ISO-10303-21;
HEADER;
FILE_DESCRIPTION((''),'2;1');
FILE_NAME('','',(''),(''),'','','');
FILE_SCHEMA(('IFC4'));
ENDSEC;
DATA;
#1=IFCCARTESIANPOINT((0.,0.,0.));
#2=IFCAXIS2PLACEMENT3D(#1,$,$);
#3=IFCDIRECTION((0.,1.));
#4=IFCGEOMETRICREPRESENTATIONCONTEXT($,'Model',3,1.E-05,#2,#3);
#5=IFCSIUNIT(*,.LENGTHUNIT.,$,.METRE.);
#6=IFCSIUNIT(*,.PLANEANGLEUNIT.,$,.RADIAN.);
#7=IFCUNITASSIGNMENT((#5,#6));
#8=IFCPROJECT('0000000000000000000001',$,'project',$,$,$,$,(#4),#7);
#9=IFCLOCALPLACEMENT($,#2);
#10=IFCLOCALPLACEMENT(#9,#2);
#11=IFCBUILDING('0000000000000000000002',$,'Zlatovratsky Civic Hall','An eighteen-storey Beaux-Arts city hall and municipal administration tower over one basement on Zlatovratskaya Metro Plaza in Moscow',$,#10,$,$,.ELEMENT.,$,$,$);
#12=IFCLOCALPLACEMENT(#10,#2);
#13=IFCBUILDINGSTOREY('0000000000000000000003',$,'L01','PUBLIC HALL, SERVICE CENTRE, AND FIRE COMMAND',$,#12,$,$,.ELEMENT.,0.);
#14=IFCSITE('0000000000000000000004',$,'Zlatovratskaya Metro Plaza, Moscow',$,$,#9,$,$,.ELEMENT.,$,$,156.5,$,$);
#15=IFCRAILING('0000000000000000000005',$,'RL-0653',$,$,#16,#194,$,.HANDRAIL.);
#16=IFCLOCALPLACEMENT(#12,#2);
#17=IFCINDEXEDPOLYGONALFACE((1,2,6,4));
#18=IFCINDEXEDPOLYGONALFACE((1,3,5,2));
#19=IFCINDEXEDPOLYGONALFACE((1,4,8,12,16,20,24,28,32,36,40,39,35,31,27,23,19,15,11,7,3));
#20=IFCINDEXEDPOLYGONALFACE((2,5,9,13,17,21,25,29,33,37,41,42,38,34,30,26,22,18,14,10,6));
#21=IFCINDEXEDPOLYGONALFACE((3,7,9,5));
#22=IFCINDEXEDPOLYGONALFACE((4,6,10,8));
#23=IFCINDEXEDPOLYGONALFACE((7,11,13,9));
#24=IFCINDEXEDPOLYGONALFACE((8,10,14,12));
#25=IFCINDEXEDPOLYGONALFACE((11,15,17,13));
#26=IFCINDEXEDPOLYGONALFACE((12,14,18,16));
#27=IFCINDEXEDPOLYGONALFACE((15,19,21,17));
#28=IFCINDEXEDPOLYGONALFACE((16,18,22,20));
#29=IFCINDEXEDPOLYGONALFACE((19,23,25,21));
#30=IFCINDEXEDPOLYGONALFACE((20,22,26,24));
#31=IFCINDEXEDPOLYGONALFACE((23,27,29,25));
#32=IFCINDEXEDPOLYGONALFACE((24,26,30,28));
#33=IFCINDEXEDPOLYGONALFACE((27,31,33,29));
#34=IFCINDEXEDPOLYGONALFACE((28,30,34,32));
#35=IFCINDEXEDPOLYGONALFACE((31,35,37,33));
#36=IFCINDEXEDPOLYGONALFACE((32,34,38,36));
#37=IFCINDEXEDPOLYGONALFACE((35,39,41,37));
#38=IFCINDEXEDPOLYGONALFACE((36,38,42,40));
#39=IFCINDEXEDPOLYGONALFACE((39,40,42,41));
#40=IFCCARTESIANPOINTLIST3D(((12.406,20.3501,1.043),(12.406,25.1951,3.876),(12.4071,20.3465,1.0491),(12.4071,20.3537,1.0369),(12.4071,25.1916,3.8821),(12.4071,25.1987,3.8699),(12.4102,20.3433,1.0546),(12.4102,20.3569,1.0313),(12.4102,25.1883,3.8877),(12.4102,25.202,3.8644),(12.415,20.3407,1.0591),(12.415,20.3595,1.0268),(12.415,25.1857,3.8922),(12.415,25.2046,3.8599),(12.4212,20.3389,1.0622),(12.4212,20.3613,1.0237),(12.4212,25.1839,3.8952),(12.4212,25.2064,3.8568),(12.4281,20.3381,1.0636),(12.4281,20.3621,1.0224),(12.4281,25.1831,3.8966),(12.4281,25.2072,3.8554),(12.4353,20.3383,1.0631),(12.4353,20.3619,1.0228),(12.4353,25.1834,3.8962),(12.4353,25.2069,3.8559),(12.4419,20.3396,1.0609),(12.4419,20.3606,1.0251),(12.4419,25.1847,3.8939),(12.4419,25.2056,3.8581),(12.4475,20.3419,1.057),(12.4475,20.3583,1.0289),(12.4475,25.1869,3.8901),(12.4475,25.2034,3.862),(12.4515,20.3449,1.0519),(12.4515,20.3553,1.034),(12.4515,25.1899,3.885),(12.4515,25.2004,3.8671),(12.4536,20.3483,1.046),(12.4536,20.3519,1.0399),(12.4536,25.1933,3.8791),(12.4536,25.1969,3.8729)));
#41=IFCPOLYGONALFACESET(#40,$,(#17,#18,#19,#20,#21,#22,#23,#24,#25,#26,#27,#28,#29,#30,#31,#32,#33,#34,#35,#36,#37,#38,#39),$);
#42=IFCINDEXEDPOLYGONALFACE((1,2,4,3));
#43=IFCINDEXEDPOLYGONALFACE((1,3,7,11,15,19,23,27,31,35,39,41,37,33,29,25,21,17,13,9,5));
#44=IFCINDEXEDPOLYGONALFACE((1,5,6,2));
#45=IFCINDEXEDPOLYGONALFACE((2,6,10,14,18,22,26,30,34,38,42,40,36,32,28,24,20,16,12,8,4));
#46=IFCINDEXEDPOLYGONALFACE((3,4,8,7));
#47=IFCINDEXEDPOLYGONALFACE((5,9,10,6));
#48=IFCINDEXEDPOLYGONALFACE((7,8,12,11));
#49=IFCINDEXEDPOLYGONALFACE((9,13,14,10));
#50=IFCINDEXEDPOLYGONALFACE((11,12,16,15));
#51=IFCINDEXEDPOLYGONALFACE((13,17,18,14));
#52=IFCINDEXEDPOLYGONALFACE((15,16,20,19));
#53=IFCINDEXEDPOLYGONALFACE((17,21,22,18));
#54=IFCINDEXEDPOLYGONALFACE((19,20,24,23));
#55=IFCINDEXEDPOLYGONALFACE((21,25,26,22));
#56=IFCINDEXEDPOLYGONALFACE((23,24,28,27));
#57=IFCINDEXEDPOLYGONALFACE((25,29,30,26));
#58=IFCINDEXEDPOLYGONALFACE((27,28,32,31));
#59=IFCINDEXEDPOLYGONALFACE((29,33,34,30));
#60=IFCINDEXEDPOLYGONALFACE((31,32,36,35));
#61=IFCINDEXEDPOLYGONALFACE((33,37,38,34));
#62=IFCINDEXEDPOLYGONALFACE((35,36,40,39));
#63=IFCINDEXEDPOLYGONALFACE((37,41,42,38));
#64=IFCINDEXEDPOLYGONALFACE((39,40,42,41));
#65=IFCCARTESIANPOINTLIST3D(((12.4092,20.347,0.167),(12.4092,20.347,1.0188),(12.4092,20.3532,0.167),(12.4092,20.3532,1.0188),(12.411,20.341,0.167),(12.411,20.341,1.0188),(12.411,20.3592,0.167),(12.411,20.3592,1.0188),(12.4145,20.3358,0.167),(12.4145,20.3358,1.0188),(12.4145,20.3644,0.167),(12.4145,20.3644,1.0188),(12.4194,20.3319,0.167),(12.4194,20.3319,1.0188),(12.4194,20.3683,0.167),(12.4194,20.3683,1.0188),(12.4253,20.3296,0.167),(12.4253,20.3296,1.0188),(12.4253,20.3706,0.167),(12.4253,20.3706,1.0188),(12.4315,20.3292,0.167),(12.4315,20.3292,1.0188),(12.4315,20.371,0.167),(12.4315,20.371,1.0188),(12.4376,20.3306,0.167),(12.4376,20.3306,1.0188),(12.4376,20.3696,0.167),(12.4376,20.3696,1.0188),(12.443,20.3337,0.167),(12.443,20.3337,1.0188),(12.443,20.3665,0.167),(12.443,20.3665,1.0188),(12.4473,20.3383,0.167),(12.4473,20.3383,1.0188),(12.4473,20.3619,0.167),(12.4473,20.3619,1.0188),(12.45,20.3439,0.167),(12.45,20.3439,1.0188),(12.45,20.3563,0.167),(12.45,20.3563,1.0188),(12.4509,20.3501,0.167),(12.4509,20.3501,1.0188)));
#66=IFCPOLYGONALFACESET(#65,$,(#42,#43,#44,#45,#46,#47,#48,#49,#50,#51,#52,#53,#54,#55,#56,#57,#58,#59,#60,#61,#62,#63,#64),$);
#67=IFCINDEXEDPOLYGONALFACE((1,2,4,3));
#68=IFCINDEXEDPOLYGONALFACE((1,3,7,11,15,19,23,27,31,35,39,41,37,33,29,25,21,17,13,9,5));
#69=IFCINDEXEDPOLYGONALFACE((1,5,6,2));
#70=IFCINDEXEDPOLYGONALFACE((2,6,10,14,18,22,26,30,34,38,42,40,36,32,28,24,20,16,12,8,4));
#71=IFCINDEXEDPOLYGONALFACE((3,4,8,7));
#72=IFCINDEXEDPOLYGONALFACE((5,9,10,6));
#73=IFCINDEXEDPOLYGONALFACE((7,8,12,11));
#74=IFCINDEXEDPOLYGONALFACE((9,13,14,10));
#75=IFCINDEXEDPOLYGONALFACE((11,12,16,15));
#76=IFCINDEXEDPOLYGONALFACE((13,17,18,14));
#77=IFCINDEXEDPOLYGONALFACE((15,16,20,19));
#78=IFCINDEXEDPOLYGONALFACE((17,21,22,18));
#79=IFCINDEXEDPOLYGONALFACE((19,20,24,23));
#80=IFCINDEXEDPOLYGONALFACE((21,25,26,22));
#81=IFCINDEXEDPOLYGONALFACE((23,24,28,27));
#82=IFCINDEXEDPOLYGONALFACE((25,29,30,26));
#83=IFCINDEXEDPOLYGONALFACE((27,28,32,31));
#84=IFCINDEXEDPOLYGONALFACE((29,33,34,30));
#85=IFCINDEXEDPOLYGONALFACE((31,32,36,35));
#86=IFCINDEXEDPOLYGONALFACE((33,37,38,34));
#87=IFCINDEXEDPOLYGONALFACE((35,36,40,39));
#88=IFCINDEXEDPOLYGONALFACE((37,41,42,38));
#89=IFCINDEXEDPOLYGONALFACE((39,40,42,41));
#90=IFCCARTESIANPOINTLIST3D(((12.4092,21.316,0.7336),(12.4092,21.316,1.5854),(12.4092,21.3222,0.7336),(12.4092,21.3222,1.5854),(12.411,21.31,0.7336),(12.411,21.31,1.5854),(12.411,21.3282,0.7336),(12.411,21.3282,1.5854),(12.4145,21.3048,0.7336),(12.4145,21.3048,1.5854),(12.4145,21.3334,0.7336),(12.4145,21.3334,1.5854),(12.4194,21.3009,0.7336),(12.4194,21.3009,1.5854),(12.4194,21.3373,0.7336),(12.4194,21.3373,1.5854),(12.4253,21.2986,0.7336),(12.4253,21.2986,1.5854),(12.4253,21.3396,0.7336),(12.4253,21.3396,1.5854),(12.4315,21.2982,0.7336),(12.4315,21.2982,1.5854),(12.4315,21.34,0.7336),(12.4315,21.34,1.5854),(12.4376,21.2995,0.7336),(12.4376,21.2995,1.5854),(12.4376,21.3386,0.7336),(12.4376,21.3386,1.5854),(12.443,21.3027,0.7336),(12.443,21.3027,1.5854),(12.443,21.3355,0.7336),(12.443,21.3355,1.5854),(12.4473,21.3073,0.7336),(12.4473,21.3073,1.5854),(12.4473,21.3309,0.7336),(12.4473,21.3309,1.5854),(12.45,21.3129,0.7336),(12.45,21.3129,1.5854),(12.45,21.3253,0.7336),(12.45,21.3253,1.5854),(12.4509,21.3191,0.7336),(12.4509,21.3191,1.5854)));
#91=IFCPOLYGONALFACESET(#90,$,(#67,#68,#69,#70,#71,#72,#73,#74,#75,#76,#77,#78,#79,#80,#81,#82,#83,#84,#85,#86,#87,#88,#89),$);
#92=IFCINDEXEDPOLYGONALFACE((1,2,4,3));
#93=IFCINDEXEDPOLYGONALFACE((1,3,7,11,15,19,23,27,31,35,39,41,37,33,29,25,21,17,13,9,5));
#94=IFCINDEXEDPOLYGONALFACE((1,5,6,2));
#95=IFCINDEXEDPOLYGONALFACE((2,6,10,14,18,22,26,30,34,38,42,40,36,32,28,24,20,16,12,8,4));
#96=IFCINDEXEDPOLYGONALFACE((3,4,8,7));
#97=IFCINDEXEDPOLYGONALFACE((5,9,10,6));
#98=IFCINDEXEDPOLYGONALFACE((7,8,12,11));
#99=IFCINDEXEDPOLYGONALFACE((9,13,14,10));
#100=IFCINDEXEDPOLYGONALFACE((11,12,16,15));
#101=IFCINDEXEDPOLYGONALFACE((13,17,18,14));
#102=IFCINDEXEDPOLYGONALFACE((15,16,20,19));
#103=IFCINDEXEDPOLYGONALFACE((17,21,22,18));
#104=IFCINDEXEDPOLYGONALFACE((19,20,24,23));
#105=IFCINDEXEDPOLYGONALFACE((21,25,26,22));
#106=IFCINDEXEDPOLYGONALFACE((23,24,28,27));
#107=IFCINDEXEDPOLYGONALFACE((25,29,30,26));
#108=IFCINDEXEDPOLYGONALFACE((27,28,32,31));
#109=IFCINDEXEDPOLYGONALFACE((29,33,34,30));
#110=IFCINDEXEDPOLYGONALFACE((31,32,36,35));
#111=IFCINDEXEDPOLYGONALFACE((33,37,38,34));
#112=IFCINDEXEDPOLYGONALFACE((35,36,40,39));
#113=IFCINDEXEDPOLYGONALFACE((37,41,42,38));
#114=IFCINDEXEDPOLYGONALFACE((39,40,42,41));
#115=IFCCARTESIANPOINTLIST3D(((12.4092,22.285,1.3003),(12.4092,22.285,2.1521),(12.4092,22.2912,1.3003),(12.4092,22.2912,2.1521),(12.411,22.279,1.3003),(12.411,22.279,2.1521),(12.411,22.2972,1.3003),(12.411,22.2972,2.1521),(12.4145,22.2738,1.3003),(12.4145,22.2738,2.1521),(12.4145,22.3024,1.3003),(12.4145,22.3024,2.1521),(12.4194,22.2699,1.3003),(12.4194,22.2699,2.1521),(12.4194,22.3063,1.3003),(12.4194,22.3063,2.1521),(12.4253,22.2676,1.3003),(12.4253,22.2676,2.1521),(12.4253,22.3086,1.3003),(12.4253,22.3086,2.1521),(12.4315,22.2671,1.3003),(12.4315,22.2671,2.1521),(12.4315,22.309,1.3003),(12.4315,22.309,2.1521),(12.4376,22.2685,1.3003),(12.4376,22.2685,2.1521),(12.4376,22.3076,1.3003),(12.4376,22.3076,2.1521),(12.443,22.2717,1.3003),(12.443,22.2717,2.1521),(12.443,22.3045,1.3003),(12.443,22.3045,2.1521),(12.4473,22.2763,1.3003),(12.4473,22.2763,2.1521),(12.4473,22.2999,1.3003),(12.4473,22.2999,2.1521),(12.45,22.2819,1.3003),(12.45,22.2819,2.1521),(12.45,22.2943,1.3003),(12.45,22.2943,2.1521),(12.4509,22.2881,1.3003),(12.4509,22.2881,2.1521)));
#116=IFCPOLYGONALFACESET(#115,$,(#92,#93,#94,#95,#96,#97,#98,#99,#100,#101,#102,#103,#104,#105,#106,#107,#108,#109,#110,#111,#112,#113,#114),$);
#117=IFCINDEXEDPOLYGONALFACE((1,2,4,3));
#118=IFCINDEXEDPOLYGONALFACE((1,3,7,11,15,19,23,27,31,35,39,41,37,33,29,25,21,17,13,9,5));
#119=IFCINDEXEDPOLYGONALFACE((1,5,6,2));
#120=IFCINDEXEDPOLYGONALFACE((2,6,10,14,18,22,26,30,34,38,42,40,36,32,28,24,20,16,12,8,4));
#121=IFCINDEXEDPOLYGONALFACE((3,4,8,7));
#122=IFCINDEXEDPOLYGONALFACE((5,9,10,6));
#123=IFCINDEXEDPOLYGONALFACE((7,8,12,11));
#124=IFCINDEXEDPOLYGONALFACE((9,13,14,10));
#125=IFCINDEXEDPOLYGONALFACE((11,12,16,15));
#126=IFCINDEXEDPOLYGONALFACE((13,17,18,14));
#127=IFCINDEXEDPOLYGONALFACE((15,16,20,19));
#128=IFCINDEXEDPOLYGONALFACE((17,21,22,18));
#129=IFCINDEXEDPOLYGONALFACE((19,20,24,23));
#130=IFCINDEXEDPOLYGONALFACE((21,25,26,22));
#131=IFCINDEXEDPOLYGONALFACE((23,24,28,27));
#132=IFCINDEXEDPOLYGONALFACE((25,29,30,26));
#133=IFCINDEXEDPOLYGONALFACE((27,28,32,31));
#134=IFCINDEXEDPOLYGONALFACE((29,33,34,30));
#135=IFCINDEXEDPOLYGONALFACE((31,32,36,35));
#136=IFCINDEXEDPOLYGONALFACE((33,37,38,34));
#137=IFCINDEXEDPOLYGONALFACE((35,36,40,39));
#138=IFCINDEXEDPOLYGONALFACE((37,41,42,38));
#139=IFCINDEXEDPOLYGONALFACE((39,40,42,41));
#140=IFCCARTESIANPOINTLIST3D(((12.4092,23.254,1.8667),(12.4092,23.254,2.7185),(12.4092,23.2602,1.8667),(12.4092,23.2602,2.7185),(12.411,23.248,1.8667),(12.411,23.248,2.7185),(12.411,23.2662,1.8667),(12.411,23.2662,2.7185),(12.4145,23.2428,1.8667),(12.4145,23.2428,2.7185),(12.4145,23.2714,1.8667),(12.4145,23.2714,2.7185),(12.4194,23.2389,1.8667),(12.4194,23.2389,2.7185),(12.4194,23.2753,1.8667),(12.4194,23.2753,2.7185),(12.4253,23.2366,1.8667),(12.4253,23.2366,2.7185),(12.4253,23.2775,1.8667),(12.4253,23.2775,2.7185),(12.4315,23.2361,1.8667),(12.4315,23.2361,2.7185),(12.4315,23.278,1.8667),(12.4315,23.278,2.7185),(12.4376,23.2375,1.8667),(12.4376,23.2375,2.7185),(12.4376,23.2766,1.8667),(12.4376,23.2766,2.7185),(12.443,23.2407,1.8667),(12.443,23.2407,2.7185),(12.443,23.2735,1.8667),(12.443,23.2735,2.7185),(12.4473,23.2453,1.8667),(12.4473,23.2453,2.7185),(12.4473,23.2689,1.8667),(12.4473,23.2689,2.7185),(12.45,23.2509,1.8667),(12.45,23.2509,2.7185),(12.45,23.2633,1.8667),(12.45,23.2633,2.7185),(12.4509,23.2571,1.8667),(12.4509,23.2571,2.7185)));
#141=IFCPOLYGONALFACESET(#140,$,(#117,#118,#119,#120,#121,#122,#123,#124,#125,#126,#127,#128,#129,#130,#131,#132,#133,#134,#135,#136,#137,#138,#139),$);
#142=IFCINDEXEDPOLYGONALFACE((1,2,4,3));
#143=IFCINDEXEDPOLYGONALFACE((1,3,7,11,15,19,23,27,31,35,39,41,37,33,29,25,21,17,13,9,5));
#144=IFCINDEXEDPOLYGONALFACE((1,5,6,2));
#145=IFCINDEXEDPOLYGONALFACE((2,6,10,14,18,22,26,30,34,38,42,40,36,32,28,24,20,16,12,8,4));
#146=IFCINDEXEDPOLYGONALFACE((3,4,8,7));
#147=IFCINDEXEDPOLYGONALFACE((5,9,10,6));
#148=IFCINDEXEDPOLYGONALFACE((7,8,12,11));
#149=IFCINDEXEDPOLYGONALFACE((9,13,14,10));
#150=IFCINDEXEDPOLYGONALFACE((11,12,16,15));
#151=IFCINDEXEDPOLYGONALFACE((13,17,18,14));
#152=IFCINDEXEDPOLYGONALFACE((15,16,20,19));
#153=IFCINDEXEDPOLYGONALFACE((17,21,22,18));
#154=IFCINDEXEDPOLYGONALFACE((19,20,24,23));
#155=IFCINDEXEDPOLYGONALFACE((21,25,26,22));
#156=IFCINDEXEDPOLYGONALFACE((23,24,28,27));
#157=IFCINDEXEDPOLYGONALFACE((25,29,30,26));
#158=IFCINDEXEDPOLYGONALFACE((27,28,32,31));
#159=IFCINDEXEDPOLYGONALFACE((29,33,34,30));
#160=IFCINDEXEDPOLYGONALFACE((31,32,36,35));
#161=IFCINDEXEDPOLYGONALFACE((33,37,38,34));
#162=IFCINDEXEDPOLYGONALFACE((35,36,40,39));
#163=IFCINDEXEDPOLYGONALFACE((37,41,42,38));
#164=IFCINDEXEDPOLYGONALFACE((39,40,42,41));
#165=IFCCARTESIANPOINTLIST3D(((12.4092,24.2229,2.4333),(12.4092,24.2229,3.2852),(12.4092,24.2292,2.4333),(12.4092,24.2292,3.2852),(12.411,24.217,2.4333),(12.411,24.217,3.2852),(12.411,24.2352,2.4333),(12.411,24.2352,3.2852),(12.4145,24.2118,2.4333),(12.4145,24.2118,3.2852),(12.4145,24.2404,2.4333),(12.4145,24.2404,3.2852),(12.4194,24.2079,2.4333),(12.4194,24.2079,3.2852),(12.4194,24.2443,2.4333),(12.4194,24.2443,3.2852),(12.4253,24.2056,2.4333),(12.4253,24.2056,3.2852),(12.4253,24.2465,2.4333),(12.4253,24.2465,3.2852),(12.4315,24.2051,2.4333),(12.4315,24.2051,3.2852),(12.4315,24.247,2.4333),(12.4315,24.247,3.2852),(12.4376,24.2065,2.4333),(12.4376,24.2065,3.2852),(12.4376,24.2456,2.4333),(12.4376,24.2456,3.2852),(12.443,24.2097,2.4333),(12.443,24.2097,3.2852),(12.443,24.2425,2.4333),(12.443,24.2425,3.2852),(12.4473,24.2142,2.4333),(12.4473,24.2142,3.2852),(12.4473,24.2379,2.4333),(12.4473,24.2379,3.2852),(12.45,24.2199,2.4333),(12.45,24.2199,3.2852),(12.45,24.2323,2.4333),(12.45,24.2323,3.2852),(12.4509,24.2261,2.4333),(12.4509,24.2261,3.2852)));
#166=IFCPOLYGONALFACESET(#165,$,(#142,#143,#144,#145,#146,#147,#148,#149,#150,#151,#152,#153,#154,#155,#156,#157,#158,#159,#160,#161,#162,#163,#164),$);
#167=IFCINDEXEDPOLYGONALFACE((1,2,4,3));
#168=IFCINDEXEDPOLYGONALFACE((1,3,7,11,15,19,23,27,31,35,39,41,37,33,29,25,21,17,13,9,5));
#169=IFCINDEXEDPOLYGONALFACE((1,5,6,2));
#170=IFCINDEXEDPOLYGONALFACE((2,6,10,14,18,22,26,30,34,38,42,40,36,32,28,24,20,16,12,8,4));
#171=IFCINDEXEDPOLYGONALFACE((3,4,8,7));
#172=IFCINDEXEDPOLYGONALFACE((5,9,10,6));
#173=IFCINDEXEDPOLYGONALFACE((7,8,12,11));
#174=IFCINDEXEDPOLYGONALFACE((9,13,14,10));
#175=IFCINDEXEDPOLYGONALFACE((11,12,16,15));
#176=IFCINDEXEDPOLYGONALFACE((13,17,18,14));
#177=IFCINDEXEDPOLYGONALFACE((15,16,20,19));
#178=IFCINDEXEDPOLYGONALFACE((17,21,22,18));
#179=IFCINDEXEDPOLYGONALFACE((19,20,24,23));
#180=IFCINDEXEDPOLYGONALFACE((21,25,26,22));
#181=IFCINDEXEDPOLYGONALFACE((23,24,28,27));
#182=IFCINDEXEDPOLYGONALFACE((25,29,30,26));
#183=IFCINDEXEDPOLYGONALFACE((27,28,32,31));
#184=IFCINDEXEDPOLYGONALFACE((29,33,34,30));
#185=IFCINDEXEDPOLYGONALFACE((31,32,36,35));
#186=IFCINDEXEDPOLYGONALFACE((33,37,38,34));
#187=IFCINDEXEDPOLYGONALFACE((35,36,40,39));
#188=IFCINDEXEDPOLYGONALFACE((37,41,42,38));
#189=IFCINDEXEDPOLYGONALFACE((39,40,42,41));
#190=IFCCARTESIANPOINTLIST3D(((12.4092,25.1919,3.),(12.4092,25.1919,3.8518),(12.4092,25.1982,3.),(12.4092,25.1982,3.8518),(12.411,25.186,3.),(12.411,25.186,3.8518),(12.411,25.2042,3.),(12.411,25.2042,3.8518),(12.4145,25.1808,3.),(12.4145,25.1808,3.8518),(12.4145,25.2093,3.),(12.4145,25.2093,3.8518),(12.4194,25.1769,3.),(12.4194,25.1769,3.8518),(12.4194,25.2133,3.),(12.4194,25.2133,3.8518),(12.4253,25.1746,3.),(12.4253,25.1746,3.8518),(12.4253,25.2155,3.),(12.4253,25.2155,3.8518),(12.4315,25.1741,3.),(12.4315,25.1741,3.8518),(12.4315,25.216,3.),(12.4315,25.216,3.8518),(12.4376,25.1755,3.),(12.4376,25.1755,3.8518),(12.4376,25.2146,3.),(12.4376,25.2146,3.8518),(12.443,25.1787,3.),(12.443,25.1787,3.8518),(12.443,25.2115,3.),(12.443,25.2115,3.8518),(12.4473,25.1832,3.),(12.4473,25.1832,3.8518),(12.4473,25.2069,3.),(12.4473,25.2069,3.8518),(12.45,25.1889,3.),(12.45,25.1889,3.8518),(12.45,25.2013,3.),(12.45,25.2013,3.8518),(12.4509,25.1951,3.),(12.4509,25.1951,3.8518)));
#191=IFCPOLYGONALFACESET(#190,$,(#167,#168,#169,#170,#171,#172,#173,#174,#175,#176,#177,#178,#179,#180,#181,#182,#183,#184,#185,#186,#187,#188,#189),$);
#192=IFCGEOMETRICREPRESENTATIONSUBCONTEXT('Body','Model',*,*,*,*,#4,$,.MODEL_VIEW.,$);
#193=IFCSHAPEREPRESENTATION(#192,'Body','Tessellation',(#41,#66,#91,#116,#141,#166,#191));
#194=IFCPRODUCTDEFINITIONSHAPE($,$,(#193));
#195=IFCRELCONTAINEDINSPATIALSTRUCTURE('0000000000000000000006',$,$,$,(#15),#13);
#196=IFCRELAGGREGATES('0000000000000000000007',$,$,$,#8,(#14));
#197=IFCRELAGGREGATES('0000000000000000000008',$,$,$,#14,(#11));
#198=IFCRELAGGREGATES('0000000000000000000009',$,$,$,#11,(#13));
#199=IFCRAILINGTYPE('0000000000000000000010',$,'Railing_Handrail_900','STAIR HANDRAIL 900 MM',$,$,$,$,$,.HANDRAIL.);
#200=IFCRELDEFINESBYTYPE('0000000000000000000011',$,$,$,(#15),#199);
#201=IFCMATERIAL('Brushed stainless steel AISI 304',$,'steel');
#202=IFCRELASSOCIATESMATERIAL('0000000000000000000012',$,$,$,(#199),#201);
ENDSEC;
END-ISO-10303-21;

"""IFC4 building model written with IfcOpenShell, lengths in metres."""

from ifc_helpers import new_model, si_unit, direction, frame, origin, origin_2d, place, context, subcontext, project, spatial, circle, extrude, material, type_object, element, save


model = new_model("IFC4")

# Units and contexts
model_context = context("Model", 3, precision=1e-05, world=origin(), true_north=direction((0.0, 1.0)))
body_context = subcontext(model_context, "Body", "Model", "MODEL_VIEW")
ifc_project = project(units=[si_unit("LENGTHUNIT", "METRE"), si_unit("PLANEANGLEUNIT", "RADIAN")], contexts=[model_context])

# Site, building, storey
site_placement = place(None, origin())
site = spatial("IfcSite", under=ifc_project, at=site_placement, Name="Zlatovratskaya Metro Plaza, Moscow", CompositionType="ELEMENT", RefElevation=156.5)
building_placement = place(site_placement, origin())
building = spatial("IfcBuilding", under=site, at=building_placement, Name="Zlatovratsky Civic Hall", Description="An eighteen-storey Beaux-Arts city hall and municipal administration tower over one basement on Zlatovratskaya Metro Plaza in Moscow", CompositionType="ELEMENT")
storey_placement = place(building_placement, origin())
storey = spatial("IfcBuildingStorey", under=building, at=storey_placement, Name="L01", Description="PUBLIC HALL, SERVICE CENTRE, AND FIRE COMMAND", CompositionType="ELEMENT", Elevation=0.0)

# Railing
ifc_material_1 = material(Name="Brushed stainless steel AISI 304", Category="steel")
railing_type_1 = type_object("IfcRailingType", Name="Railing_Handrail_900", Description="STAIR HANDRAIL 900 MM", PredefinedType="HANDRAIL", material=ifc_material_1)
railing_1_placement = place(storey_placement, frame((12.4299, 20.3501, 0.167)))
element("IfcRailing", 1, at=railing_1_placement, inside=storey, type_object=railing_type_1, Name="RL-0653", PredefinedType="HANDRAIL", context=body_context, shape_type="SweptSolid", body=[
    extrude(circle(Radius=0.0239, at=origin_2d()), frame((0.0, 0.0, 0.876), z_axis=(0.0, 0.863253, 0.504771), x_axis=(-1.0, 0.0, 0.0)), (0.0, 0.0, 1.0), 5.6125),
    extrude(circle(Radius=0.021, at=origin_2d()), origin(), (0.0, 0.0, 1.0), 0.8518),
    extrude(circle(Radius=0.021, at=origin_2d()), frame((0.0, 0.969, 0.5667)), (0.0, 0.0, 1.0), 0.8518),
    extrude(circle(Radius=0.021, at=origin_2d()), frame((0.0, 1.938, 1.1333)), (0.0, 0.0, 1.0), 0.8518),
    extrude(circle(Radius=0.021, at=origin_2d()), frame((0.0, 2.907, 1.6997)), (0.0, 0.0, 1.0), 0.8518),
    extrude(circle(Radius=0.021, at=origin_2d()), frame((0.0, 3.876, 2.2664)), (0.0, 0.0, 1.0), 0.8518),
    extrude(circle(Radius=0.021, at=origin_2d()), frame((0.0, 4.845, 2.833)), (0.0, 0.0, 1.0), 0.8518),
])

save(model, "model.ifc")
